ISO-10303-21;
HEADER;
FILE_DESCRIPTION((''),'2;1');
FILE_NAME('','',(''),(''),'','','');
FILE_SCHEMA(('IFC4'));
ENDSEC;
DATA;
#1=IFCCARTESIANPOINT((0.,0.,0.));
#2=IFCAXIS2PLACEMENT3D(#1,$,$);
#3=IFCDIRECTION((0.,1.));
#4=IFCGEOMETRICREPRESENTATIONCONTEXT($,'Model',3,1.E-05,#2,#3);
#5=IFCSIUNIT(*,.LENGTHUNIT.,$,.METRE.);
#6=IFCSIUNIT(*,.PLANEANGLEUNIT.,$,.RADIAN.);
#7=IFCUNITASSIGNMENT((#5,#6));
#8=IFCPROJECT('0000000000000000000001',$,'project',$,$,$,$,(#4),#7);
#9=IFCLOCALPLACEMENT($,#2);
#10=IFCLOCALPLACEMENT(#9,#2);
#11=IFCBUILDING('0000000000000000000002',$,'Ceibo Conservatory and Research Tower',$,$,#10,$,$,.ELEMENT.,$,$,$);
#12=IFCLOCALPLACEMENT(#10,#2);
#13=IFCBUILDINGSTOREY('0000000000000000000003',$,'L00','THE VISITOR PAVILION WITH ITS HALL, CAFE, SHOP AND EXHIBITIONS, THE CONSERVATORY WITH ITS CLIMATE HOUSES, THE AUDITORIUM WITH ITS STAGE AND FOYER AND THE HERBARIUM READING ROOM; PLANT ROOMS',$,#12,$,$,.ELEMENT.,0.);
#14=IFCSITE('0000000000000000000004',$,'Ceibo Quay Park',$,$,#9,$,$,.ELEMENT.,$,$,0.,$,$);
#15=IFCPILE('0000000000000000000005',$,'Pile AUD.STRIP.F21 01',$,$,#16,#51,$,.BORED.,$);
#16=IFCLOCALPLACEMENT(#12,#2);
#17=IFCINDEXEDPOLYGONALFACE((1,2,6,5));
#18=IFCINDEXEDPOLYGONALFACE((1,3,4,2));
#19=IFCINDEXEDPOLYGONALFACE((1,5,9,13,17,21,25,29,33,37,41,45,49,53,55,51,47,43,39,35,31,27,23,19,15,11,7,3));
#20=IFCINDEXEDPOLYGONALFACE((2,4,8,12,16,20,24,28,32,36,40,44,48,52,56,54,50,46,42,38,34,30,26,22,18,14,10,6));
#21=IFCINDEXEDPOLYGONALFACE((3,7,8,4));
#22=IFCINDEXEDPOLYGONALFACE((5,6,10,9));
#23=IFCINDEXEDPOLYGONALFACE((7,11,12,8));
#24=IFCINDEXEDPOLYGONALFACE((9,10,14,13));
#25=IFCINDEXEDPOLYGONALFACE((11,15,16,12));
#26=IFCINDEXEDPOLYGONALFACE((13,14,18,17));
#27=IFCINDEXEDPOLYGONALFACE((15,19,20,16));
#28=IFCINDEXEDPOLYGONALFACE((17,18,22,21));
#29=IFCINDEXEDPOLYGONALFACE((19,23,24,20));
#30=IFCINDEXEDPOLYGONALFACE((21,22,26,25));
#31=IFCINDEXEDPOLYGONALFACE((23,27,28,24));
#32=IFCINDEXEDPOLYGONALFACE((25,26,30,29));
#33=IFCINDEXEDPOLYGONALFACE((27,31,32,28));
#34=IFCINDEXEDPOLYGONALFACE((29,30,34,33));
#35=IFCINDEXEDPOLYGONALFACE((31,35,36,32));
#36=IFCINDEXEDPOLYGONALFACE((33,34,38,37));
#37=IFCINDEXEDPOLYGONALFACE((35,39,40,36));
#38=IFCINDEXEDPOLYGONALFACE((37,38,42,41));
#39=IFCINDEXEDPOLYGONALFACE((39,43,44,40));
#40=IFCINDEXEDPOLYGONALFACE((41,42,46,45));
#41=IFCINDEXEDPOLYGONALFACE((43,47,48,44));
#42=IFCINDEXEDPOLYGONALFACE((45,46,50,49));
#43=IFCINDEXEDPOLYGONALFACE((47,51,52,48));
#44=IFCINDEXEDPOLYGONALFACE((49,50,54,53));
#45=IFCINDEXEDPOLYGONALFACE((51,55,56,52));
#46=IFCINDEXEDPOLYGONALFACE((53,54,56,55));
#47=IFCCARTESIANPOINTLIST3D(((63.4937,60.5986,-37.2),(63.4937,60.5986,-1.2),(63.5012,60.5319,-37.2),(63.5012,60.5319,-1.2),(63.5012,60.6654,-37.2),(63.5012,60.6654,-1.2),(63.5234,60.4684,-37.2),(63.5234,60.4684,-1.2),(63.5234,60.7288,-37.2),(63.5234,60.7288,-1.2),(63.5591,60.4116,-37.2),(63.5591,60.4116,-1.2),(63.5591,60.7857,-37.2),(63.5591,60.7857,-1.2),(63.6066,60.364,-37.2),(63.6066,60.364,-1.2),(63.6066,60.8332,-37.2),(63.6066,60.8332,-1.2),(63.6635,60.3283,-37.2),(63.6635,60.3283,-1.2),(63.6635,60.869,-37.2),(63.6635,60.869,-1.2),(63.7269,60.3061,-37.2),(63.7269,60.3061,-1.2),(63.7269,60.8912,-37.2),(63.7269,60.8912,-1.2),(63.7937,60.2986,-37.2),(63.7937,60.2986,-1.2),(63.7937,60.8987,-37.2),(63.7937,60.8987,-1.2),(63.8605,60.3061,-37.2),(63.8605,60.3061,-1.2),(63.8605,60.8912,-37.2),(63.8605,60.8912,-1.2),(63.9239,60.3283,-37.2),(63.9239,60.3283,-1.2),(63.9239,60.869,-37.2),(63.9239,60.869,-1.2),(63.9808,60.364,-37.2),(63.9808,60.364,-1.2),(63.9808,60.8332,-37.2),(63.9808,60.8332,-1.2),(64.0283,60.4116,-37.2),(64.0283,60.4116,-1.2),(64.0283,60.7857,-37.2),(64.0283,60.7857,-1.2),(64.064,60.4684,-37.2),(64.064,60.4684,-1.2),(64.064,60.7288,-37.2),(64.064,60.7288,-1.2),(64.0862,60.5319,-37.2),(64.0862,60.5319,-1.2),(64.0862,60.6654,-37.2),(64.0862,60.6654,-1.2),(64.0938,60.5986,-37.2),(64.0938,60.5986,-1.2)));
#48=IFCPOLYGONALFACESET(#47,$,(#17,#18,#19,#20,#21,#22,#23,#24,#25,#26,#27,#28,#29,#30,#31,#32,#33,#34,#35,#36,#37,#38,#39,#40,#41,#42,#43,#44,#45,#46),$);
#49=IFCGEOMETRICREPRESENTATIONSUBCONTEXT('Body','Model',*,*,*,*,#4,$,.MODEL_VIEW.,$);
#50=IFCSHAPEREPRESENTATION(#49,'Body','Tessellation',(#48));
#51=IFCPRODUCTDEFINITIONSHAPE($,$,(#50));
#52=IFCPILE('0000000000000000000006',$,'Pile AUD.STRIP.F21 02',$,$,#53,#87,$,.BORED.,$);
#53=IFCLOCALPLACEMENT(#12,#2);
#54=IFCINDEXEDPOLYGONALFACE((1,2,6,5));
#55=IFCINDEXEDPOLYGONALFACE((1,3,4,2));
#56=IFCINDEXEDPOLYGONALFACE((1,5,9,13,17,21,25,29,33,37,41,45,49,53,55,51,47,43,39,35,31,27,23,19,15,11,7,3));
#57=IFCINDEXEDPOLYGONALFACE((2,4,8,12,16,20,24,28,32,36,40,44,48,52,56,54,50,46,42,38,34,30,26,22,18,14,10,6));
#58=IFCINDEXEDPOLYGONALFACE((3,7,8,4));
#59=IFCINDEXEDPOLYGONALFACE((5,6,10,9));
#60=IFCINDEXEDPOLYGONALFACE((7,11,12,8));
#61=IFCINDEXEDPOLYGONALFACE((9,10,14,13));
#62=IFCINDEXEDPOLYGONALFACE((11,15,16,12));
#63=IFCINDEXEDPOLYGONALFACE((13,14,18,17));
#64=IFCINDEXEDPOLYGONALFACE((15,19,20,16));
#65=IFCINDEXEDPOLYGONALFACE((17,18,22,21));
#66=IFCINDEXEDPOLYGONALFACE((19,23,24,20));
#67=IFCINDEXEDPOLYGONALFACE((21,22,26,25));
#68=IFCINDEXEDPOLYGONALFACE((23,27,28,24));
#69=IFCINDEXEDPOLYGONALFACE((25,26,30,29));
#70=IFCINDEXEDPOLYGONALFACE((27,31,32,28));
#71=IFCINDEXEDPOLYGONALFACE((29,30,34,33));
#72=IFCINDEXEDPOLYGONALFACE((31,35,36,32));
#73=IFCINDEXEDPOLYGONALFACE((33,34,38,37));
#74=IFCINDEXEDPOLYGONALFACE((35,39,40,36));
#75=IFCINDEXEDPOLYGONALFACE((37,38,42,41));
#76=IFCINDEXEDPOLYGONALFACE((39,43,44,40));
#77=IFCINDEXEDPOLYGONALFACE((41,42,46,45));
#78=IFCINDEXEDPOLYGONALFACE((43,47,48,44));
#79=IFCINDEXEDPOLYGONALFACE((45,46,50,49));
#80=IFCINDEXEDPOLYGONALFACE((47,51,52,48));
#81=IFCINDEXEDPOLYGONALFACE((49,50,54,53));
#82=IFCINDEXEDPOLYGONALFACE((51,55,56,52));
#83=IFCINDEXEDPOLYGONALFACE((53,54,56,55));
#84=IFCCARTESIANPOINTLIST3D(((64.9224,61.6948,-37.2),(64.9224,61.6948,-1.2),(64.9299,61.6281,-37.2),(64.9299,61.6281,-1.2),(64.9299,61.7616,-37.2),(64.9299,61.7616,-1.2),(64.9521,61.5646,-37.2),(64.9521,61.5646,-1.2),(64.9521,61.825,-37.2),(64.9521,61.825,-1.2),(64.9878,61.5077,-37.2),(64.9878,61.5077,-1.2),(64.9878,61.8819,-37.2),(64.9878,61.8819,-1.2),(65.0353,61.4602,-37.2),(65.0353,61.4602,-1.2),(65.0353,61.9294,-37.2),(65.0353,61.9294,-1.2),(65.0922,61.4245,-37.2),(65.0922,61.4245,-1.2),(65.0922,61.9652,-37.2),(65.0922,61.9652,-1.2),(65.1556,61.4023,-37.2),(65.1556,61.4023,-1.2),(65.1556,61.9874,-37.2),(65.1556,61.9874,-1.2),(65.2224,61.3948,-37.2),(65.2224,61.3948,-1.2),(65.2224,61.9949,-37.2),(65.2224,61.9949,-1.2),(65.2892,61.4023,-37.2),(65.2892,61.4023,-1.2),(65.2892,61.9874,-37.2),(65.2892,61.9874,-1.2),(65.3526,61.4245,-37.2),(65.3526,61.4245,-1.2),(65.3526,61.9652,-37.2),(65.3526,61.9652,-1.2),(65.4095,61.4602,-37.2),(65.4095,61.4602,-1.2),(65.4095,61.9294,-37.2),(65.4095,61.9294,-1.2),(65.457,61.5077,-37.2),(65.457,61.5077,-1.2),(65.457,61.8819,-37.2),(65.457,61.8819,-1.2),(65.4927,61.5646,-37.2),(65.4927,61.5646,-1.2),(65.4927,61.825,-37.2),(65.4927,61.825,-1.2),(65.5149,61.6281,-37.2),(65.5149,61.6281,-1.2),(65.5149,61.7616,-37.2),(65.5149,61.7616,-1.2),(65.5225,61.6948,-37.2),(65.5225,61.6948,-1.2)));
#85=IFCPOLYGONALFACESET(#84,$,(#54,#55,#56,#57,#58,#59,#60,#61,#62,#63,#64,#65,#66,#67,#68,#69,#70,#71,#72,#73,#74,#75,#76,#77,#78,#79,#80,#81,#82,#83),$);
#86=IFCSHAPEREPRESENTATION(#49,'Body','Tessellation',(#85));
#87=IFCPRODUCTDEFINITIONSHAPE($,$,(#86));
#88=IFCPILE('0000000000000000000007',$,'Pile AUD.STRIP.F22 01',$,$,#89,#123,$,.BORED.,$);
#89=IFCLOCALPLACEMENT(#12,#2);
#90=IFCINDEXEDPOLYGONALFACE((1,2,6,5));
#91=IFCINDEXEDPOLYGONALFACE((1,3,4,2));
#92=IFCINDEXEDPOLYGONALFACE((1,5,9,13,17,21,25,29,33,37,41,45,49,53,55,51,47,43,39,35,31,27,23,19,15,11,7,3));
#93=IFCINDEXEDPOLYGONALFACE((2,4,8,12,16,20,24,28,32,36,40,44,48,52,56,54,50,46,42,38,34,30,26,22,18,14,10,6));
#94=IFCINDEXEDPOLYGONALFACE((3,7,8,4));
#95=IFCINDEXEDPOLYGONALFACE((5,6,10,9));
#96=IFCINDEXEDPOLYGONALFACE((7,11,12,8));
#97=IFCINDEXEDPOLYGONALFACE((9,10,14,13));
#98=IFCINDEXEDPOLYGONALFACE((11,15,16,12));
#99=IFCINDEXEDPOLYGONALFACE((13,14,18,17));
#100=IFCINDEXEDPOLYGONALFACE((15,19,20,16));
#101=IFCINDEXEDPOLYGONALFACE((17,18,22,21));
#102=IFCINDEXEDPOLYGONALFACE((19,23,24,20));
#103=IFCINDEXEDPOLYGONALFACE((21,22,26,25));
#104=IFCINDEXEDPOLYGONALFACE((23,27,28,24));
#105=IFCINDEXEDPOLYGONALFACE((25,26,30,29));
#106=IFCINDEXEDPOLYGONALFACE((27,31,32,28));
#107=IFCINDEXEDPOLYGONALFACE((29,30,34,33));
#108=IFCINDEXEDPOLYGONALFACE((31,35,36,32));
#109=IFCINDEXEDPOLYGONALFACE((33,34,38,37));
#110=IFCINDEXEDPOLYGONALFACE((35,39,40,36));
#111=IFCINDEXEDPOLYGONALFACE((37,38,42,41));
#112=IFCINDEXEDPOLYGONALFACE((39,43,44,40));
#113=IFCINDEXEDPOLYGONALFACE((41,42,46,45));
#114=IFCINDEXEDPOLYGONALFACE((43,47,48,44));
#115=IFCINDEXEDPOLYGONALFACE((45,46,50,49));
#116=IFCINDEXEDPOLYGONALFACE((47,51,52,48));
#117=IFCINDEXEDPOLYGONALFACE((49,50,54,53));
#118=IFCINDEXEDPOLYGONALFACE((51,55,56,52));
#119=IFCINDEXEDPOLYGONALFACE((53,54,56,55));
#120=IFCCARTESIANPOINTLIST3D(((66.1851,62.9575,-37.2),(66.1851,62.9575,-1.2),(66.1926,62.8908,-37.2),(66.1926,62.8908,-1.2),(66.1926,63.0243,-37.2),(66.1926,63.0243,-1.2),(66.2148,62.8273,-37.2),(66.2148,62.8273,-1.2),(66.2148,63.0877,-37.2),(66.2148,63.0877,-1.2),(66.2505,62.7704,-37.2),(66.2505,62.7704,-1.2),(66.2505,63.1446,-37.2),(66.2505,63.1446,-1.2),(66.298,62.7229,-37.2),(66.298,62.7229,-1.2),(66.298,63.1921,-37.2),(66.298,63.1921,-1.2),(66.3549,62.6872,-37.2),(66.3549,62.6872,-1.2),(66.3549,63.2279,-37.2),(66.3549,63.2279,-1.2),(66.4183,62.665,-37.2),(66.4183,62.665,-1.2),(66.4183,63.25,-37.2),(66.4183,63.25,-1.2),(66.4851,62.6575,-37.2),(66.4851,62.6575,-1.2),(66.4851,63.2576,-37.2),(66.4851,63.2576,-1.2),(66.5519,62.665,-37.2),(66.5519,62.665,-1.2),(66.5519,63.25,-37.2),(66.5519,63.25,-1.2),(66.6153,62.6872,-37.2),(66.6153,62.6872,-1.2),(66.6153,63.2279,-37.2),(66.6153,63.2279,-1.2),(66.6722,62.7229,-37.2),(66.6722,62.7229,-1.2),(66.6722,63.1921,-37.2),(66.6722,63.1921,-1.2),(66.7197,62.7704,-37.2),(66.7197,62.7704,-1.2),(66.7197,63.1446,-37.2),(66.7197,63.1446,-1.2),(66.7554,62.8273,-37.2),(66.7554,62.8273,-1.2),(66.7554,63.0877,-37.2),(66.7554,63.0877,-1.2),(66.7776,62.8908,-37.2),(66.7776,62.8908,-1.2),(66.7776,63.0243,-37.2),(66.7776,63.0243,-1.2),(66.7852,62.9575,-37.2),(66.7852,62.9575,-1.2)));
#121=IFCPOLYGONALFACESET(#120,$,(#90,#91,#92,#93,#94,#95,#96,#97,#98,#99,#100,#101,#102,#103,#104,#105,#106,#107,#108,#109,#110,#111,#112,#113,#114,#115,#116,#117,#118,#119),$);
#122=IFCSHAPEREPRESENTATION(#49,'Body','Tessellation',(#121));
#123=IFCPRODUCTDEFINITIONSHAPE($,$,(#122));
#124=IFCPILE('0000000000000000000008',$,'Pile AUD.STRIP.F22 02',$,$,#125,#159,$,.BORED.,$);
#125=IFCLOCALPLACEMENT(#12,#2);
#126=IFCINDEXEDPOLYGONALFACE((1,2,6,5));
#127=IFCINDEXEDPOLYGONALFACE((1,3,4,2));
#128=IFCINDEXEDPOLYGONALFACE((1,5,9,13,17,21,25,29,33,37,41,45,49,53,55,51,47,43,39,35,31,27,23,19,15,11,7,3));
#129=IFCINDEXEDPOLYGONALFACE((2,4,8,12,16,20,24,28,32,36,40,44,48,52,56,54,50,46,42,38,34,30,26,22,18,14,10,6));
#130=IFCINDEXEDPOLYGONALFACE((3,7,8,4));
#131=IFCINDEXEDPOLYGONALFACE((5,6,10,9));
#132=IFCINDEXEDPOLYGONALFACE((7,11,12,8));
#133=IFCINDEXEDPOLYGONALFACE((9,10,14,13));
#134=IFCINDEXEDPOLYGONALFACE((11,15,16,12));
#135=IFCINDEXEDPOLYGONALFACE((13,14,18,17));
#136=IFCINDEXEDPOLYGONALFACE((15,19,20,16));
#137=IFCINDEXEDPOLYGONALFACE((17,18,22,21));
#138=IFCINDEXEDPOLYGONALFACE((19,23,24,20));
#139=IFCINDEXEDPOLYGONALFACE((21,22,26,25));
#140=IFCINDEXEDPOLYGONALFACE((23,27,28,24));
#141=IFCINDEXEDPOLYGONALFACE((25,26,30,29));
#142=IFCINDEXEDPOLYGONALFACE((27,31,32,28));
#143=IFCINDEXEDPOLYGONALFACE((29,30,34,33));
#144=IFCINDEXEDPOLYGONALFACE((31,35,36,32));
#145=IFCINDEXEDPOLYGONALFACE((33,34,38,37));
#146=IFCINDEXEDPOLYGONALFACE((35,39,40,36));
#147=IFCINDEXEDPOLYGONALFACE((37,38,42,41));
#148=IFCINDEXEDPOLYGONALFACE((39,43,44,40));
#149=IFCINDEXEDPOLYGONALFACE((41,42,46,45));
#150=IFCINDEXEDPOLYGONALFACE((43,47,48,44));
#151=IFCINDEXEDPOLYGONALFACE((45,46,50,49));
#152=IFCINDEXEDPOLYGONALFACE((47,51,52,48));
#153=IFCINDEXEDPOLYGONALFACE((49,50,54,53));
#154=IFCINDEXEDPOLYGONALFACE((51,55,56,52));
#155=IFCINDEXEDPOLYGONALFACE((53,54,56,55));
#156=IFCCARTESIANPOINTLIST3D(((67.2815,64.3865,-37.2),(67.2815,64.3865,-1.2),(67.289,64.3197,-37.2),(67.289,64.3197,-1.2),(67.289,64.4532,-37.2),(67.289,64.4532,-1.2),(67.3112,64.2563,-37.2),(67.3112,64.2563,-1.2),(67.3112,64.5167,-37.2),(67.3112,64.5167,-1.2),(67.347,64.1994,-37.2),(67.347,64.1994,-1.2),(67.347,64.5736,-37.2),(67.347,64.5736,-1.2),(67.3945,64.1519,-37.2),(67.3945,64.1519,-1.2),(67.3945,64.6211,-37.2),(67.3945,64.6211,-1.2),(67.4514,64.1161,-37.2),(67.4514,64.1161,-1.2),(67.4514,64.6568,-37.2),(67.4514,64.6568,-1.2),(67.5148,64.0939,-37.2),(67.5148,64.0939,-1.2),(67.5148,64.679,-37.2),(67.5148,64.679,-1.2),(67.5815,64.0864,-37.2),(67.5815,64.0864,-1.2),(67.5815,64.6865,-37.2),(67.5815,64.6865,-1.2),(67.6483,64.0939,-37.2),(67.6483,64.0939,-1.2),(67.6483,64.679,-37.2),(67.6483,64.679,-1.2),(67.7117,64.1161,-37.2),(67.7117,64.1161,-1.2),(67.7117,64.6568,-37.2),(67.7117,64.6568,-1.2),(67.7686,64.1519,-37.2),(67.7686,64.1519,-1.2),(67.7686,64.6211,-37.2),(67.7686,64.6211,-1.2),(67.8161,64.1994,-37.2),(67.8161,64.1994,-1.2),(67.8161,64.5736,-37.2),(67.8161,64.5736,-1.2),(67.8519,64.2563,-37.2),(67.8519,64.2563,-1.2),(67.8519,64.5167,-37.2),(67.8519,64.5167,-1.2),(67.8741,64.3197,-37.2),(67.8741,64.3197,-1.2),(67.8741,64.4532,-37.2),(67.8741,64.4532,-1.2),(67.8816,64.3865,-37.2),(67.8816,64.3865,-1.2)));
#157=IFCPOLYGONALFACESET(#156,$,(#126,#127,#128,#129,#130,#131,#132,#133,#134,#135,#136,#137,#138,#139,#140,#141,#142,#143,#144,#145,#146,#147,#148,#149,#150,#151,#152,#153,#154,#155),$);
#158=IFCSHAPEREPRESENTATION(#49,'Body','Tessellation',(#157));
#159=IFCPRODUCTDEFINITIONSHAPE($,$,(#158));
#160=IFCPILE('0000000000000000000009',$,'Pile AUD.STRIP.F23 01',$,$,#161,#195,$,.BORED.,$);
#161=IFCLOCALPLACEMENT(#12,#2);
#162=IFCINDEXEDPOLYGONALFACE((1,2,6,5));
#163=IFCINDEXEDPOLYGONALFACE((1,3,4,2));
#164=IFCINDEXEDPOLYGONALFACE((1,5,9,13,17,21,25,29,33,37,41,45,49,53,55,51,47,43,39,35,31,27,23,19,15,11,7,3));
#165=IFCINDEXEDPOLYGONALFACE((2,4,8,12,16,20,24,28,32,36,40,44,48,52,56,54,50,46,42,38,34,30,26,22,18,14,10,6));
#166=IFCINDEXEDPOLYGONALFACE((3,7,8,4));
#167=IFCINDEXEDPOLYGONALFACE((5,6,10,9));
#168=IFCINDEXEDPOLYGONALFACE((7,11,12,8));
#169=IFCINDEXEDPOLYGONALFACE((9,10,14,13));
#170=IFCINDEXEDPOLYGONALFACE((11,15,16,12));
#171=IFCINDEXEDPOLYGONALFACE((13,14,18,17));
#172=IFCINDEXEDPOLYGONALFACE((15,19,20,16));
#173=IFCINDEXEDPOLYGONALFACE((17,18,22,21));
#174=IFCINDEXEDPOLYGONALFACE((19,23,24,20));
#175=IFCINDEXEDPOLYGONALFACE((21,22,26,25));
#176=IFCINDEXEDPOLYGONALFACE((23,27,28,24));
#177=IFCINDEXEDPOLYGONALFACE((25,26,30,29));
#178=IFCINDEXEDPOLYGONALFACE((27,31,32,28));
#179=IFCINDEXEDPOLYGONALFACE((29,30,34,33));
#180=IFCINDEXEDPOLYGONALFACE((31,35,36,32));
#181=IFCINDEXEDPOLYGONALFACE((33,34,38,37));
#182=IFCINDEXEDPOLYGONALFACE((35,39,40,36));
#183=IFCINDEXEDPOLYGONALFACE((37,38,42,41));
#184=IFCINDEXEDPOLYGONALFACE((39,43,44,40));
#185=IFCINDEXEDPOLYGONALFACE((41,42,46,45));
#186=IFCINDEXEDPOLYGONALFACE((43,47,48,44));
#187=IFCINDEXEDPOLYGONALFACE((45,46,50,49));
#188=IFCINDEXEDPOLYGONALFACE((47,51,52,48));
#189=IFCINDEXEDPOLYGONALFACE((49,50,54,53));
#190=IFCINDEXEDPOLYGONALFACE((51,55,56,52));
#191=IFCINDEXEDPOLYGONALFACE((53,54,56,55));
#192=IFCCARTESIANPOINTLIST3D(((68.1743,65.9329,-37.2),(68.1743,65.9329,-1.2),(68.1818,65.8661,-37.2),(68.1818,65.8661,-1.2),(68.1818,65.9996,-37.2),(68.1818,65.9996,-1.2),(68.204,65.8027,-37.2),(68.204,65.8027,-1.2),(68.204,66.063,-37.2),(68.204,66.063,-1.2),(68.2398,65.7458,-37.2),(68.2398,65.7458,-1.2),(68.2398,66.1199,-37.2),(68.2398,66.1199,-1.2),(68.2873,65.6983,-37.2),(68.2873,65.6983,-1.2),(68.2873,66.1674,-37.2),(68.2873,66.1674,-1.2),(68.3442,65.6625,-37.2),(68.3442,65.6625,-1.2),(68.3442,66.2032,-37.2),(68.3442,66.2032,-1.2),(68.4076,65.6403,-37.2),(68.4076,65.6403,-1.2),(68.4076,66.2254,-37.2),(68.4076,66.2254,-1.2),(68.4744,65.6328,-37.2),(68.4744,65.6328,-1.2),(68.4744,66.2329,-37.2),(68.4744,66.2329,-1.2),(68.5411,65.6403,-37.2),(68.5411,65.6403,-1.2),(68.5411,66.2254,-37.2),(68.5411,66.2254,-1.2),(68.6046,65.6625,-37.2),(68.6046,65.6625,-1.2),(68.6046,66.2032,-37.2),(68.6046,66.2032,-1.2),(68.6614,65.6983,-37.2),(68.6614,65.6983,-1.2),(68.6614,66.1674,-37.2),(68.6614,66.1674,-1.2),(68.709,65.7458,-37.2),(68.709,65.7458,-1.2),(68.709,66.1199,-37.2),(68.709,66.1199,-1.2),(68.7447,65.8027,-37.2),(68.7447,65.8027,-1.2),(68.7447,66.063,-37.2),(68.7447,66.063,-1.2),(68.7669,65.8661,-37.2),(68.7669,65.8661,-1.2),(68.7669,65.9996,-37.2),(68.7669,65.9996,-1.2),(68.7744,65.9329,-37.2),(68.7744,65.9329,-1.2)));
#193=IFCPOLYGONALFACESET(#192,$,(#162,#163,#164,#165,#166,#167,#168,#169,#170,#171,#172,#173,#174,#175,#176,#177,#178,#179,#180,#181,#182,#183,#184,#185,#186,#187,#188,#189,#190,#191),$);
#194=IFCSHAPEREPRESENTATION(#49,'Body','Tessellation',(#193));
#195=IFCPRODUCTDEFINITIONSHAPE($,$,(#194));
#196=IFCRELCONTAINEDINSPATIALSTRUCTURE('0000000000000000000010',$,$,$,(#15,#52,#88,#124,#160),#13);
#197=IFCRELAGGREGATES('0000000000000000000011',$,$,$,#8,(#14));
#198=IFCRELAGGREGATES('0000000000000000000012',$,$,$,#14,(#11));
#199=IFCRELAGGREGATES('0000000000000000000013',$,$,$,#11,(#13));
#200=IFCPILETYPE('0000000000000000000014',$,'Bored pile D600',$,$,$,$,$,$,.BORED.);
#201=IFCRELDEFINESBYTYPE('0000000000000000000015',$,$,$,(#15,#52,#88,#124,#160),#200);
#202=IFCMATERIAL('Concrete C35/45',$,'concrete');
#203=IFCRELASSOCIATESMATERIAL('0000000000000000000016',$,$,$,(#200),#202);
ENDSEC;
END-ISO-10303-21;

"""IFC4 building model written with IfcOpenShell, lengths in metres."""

from ifc_helpers import new_model, si_unit, direction, frame, origin, origin_2d, place, context, subcontext, project, spatial, circle, extrude, material, material_profile, profile_set, type_object, element, save


model = new_model("IFC4")

# Units and contexts
model_context = context("Model", 3, precision=1e-05, world=origin(), true_north=direction((0.0, 1.0)))
body_context = subcontext(model_context, "Body", "Model", "MODEL_VIEW")
ifc_project = project(units=[si_unit("LENGTHUNIT", "METRE"), si_unit("PLANEANGLEUNIT", "RADIAN")], contexts=[model_context])

# Site, building, storey
site_placement = place(None, origin())
site = spatial("IfcSite", under=ifc_project, at=site_placement, Name="Ceibo Quay Park", CompositionType="ELEMENT", RefElevation=0.0)
building_placement = place(site_placement, origin())
building = spatial("IfcBuilding", under=site, at=building_placement, Name="Ceibo Conservatory and Research Tower", CompositionType="ELEMENT")
storey_placement = place(building_placement, origin())
storey = spatial("IfcBuildingStorey", under=building, at=storey_placement, Name="L00", Description="THE VISITOR PAVILION WITH ITS HALL, CAFE, SHOP AND EXHIBITIONS, THE CONSERVATORY WITH ITS CLIMATE HOUSES, THE AUDITORIUM WITH ITS STAGE AND FOYER AND THE HERBARIUM READING ROOM; PLANT ROOMS", CompositionType="ELEMENT", Elevation=0.0)

# Piles
ifc_material_1 = material(Name="Concrete C35/45", Category="concrete")
ifc_material_profile_1 = material_profile(ifc_material_1, circle(Radius=0.3, at=origin_2d()), Name="RC D600")
ifc_profile_set_1 = profile_set([ifc_material_profile_1], Name="Concrete C35/45")
pile_type = type_object("IfcPileType", Name="Bored pile D600", PredefinedType="BORED", material=ifc_profile_set_1)
for number, where, z_axis, x_axis, name in (
    (1, (63.7937, 60.5986, -1.2), (0.0, 0.0, -1.0), (1.0, 0.0, 0.0), "Pile AUD.STRIP.F21 01"),
    (2, (65.2224, 61.6948, -1.2), (0.0, 0.0, -1.0), (1.0, 0.0, 0.0), "Pile AUD.STRIP.F21 02"),
    (3, (66.4851, 62.9575, -1.2), (0.0, 0.0, -1.0), (1.0, 0.0, 0.0), "Pile AUD.STRIP.F22 01"),
    (4, (67.5815, 64.3865, -1.2), (0.0, 0.0, -1.0), (1.0, 0.0, 0.0), "Pile AUD.STRIP.F22 02"),
    (5, (68.4744, 65.9329, -1.2), (0.0, 0.0, -1.0), (1.0, 0.0, 0.0), "Pile AUD.STRIP.F23 01"),
):
    element("IfcPile", number, at=place(storey_placement, frame(where, z_axis=z_axis, x_axis=x_axis)), inside=storey, type_object=pile_type, Name=name, PredefinedType="BORED", context=body_context, shape_type="SweptSolid", body=[
        extrude(circle(Radius=0.3, at=origin_2d()), origin(), (0.0, 0.0, 1.0), 36.0),
    ])

save(model, "model.ifc")
